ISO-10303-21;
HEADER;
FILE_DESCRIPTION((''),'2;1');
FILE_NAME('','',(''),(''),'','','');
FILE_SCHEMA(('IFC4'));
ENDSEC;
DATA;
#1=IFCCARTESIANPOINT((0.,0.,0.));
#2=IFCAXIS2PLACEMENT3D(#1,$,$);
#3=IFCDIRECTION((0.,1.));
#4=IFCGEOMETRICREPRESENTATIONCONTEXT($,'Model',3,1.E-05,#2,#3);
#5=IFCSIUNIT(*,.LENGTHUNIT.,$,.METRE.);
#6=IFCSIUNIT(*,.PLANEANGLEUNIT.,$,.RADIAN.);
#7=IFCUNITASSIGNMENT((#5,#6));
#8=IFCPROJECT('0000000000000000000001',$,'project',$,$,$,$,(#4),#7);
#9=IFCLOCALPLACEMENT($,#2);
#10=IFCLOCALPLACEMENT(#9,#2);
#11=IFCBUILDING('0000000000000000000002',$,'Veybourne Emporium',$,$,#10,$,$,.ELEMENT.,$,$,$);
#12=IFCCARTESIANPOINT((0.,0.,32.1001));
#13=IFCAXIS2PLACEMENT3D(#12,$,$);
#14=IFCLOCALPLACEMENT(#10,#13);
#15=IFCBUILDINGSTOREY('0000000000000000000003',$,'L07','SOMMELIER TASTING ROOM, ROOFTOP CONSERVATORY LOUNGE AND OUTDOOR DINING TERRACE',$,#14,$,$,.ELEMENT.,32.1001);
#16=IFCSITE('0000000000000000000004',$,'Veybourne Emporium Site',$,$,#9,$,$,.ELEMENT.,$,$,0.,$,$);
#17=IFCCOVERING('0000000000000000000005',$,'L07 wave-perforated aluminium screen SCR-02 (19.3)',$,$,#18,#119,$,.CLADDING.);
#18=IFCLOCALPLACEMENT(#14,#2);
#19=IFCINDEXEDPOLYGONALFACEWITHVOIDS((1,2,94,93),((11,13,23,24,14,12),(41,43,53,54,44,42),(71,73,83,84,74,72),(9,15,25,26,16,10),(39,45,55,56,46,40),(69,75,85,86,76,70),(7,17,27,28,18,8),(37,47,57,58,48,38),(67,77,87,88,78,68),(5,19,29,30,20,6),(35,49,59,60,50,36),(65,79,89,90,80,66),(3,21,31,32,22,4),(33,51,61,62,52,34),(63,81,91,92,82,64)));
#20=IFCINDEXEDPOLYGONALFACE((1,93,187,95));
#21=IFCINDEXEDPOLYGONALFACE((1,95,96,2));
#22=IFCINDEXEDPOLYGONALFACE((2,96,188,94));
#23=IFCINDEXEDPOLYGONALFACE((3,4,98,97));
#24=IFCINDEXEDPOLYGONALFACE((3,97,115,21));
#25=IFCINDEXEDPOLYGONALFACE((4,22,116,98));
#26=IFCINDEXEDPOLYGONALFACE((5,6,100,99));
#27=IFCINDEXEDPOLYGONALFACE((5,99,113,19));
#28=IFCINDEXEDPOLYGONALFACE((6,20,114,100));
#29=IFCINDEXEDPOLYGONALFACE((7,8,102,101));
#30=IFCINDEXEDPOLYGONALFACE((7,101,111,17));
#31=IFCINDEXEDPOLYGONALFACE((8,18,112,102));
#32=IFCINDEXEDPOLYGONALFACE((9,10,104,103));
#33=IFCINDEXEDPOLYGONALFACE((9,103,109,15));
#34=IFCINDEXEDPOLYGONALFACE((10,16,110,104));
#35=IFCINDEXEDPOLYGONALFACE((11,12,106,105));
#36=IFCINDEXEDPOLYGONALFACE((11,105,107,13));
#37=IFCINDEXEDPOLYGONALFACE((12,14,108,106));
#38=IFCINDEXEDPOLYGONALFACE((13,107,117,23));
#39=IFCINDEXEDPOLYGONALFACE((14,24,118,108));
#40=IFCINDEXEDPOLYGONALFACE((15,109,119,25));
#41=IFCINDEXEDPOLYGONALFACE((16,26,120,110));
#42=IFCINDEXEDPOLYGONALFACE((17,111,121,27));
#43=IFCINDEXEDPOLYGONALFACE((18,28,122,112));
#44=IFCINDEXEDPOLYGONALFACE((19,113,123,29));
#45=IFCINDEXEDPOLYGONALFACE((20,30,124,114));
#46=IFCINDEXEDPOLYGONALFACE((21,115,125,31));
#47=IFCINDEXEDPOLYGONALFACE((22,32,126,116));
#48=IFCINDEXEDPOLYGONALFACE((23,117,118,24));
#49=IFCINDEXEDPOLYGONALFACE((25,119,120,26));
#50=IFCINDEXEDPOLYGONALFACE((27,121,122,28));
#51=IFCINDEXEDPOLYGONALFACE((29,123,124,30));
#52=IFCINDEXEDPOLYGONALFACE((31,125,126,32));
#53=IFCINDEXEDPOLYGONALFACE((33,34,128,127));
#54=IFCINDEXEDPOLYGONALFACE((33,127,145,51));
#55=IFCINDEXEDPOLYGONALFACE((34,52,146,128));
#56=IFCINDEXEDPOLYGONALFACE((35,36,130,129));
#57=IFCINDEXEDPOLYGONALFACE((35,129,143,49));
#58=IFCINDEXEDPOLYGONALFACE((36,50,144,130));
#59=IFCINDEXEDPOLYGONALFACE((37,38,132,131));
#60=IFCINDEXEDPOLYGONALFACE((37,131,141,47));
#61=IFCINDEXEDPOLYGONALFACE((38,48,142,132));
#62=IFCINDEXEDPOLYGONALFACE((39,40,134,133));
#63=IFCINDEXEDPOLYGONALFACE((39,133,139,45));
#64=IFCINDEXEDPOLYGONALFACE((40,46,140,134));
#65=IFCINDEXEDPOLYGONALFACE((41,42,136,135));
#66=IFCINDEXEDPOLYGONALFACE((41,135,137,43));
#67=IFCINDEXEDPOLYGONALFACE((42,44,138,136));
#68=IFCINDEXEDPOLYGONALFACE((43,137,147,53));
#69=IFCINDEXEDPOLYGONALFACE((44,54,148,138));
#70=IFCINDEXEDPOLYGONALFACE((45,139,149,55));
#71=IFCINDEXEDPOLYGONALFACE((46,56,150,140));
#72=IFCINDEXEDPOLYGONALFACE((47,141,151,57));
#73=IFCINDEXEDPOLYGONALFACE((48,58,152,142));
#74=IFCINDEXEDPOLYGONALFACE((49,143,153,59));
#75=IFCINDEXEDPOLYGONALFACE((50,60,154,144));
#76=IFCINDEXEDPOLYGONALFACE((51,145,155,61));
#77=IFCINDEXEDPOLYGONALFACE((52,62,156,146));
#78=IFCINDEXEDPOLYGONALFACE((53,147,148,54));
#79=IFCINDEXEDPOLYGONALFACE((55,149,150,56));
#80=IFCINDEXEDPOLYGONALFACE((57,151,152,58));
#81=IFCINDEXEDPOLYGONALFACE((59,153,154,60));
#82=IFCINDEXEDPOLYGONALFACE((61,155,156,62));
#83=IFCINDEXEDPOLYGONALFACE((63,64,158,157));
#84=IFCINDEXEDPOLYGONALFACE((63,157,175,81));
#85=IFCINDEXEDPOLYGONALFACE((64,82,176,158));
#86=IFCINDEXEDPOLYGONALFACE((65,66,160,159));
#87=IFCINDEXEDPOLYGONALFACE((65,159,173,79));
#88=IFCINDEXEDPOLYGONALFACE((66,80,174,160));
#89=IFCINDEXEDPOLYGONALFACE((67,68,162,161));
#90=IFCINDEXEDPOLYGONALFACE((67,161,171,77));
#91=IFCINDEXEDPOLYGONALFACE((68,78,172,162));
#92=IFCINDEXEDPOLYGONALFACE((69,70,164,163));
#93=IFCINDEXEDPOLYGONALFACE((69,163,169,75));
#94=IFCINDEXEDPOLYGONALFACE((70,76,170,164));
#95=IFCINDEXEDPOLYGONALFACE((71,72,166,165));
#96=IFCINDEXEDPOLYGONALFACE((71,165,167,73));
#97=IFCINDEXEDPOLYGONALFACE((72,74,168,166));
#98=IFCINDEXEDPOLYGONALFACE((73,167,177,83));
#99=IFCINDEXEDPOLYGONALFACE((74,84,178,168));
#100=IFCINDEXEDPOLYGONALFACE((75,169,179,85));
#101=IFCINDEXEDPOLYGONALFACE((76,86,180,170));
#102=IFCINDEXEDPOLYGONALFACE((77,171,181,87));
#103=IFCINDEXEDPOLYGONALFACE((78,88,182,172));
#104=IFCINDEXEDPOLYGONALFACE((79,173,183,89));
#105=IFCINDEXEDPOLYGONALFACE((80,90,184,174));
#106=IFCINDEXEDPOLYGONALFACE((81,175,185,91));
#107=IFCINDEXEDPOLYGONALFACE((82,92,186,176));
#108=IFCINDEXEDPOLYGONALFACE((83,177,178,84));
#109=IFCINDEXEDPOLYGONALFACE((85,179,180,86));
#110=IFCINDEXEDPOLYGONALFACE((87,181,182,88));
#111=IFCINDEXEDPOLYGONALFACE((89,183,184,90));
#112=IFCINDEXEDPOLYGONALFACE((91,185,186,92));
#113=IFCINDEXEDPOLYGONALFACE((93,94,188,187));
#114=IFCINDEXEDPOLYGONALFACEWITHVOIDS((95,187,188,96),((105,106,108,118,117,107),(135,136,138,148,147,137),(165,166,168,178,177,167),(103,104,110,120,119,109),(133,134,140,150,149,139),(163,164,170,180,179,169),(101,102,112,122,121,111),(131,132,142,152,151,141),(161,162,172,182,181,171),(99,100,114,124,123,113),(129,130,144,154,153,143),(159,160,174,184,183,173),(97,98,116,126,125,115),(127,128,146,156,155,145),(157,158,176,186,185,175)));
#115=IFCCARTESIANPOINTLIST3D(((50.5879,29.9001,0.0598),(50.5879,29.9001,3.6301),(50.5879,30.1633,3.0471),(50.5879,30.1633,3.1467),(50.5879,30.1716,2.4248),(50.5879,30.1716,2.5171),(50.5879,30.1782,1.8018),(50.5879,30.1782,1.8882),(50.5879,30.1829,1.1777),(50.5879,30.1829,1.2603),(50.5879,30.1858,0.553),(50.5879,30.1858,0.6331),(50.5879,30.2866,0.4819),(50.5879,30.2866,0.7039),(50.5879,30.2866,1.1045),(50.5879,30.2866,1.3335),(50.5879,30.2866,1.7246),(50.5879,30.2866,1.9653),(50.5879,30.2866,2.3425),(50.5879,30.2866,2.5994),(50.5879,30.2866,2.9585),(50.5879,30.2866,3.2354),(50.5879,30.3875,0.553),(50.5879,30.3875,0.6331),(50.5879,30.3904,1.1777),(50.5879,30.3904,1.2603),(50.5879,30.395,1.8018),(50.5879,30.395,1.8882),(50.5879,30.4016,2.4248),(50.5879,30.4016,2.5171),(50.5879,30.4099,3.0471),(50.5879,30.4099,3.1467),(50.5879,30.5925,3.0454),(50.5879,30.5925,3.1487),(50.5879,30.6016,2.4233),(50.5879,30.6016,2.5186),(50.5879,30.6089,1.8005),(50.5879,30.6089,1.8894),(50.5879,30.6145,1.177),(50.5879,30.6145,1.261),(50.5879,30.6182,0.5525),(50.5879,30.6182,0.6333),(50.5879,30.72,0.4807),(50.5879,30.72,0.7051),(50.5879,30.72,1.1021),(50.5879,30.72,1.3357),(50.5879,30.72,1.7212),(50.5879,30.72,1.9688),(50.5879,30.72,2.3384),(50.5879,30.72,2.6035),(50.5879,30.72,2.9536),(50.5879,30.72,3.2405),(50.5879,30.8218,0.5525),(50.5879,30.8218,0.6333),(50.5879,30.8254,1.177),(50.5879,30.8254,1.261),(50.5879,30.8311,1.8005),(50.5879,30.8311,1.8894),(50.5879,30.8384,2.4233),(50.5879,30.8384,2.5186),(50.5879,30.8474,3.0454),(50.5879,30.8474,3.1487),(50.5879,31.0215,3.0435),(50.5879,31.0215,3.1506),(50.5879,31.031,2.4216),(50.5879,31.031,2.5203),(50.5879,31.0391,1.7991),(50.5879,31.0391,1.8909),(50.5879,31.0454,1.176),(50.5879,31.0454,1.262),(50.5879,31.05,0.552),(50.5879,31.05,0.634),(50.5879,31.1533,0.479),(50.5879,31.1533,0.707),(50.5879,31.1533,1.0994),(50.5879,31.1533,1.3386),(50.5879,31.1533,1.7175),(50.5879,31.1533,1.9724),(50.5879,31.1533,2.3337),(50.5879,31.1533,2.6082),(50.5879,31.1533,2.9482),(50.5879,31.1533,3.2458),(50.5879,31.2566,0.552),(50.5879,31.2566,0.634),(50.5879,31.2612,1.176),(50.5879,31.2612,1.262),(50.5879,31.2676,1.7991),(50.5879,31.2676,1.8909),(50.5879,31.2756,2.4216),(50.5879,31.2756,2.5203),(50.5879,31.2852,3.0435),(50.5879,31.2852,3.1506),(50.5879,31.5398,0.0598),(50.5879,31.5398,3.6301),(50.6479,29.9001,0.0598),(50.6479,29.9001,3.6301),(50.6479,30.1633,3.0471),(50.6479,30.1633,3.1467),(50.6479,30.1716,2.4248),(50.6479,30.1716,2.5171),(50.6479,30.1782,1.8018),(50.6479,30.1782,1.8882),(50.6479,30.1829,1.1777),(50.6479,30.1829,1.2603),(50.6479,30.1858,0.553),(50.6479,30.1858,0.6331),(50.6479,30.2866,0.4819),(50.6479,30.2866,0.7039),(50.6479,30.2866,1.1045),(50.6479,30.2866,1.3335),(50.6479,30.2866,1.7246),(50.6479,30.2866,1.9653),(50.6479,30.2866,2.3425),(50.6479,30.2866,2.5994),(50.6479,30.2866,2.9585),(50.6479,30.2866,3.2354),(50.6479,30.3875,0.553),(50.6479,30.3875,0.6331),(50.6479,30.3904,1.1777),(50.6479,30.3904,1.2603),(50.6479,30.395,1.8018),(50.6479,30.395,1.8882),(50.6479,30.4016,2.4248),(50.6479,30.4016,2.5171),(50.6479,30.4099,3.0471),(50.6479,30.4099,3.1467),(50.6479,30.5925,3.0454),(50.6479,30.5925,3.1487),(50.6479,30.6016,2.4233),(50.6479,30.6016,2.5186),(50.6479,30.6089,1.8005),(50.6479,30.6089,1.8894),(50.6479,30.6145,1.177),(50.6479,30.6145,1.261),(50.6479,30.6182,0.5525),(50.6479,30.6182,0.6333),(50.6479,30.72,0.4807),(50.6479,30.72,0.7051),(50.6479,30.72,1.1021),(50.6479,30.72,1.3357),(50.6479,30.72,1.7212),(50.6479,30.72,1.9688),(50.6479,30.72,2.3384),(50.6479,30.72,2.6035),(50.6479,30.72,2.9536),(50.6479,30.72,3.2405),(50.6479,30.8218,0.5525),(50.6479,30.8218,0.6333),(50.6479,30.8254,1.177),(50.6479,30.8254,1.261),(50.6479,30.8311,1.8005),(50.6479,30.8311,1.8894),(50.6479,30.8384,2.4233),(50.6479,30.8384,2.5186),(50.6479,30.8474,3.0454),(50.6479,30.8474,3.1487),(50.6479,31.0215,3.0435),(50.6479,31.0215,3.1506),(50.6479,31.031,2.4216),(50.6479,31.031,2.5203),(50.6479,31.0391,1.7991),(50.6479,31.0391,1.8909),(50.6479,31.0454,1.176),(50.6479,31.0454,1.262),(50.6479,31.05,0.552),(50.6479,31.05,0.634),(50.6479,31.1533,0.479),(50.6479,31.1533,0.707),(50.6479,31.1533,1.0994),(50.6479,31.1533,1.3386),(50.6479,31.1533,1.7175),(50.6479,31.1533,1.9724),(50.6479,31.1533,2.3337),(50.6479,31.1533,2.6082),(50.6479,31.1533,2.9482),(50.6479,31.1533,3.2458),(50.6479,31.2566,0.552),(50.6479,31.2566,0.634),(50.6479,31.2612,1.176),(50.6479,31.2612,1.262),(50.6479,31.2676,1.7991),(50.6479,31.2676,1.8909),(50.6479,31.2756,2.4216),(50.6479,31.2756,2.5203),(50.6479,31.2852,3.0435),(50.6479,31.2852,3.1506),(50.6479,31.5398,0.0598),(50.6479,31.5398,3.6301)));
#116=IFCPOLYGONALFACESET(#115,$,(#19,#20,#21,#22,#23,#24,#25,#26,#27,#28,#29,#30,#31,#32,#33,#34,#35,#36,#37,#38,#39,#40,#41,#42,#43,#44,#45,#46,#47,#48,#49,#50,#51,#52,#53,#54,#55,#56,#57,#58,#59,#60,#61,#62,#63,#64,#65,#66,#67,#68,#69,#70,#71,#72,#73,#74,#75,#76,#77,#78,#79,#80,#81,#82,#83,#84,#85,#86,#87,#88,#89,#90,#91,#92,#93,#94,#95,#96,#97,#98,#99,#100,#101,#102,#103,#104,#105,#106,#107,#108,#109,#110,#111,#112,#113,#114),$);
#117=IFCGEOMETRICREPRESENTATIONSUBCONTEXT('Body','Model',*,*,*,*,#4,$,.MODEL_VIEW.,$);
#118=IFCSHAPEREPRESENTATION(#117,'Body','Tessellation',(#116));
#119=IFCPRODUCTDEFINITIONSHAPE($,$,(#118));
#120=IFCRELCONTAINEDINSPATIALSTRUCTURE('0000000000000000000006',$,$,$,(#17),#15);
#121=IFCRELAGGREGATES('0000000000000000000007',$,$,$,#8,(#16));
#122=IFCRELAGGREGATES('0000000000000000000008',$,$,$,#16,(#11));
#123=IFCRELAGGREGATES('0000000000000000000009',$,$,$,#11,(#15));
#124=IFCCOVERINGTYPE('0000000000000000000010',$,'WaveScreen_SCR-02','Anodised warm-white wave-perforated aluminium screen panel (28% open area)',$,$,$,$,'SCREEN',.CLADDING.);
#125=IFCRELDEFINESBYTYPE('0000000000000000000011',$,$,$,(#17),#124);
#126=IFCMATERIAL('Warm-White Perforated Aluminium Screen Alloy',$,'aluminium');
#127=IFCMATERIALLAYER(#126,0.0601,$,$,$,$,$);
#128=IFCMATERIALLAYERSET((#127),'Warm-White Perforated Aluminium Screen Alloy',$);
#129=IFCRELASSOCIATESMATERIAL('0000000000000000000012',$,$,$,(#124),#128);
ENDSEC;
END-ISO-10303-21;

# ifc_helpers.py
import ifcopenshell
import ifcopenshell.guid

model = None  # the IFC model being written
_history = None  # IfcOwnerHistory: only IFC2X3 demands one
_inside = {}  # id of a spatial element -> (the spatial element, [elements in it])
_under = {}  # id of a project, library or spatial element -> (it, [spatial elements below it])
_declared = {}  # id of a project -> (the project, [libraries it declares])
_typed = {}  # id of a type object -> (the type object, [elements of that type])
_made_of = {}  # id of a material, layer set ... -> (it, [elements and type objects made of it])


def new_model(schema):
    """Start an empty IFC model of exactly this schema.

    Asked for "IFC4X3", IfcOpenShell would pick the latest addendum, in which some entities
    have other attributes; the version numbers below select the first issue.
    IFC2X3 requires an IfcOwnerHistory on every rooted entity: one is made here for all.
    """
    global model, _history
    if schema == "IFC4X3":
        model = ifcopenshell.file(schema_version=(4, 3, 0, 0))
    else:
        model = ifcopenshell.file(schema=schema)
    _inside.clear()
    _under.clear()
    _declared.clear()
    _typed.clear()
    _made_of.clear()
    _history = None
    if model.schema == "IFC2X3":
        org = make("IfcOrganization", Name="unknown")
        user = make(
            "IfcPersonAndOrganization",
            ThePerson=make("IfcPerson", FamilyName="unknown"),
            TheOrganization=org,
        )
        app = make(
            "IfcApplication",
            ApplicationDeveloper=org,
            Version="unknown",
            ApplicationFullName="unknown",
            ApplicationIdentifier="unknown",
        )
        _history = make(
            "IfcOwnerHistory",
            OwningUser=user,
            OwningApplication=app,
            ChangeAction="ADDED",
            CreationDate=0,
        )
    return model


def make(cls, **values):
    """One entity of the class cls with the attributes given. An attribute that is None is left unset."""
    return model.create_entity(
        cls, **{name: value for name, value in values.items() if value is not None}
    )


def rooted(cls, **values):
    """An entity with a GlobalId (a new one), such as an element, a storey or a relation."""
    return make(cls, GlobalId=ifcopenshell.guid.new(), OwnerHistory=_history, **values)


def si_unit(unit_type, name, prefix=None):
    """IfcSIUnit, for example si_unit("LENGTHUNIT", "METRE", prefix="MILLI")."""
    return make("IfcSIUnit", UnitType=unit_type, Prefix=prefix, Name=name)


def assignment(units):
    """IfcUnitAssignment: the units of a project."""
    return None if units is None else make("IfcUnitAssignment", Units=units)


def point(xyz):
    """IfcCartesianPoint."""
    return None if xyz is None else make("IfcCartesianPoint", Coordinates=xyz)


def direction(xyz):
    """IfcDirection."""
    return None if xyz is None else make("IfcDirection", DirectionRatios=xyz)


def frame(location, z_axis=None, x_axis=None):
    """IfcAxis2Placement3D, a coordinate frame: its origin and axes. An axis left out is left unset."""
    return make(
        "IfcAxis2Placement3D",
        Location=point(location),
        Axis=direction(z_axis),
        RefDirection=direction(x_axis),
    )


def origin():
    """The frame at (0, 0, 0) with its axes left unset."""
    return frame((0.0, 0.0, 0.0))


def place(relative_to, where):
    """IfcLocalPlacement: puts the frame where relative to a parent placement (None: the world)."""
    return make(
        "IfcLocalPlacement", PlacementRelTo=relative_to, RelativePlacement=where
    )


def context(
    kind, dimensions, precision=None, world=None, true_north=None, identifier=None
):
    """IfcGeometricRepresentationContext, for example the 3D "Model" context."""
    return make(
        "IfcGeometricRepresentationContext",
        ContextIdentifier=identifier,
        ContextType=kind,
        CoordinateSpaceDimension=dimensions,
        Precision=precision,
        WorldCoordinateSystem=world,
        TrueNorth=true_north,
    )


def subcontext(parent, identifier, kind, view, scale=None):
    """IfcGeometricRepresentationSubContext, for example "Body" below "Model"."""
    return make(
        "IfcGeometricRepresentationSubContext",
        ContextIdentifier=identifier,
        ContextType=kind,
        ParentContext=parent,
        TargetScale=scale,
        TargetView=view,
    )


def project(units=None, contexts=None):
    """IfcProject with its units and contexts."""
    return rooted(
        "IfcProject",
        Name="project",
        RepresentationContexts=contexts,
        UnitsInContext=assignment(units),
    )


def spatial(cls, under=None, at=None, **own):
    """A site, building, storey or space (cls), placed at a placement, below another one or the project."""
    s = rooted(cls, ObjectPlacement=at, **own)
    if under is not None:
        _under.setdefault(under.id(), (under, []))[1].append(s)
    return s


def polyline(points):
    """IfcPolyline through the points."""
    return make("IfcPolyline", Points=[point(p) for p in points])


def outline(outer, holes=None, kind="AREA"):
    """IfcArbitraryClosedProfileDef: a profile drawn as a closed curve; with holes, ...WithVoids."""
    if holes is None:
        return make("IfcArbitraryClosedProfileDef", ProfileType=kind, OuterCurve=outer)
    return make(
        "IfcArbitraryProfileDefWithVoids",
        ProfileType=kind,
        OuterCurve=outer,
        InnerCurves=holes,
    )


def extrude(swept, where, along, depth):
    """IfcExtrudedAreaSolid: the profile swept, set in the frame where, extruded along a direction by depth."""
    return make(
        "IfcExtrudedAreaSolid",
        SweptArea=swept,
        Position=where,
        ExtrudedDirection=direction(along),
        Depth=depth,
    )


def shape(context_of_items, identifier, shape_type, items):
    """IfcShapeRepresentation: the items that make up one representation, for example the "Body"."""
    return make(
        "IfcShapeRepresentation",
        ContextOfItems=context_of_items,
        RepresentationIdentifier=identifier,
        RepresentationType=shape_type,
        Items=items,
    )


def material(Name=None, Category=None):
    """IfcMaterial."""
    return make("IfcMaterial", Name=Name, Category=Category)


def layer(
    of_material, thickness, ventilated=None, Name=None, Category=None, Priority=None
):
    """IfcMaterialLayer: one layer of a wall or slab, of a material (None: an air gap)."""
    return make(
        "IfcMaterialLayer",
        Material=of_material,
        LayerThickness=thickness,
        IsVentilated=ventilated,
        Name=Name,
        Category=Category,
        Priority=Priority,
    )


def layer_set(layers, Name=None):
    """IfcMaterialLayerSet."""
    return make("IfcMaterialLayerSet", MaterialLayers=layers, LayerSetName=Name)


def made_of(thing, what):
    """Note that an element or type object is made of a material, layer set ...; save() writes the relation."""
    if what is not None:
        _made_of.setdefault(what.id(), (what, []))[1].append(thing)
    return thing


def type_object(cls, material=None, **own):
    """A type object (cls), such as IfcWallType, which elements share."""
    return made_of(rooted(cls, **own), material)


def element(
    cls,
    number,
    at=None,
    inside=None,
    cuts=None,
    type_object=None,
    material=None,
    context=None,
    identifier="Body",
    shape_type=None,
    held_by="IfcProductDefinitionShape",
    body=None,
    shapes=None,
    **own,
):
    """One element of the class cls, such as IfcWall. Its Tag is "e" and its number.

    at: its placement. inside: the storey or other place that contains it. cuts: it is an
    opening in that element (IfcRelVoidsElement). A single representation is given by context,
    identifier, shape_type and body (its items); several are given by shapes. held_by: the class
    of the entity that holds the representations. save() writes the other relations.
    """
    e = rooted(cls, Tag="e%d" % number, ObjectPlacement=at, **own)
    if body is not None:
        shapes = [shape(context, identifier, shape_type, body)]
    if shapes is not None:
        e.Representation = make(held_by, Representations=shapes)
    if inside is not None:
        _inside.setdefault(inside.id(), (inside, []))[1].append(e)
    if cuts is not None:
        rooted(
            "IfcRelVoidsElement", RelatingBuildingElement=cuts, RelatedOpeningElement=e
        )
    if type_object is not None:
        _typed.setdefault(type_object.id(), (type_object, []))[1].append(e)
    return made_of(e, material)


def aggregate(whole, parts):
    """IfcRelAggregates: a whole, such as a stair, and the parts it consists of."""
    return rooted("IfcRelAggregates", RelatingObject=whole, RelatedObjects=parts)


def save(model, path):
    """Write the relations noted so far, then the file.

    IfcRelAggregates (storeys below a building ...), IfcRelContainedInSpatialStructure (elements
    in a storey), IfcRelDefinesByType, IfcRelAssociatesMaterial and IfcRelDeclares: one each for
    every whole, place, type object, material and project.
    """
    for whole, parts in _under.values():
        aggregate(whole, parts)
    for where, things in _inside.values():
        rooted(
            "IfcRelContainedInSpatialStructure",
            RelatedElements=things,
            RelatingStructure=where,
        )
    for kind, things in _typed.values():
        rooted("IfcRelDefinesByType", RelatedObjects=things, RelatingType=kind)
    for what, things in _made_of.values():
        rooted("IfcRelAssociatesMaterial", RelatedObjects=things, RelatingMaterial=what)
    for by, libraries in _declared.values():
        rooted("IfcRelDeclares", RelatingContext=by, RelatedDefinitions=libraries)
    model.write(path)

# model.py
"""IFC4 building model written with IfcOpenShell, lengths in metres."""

from ifc_helpers import new_model, si_unit, direction, frame, origin, place, context, subcontext, project, spatial, polyline, outline, extrude, material, layer, layer_set, type_object, element, save


model = new_model("IFC4")

# Units and contexts
model_context = context("Model", 3, precision=1e-05, world=origin(), true_north=direction((0.0, 1.0)))
body_context = subcontext(model_context, "Body", "Model", "MODEL_VIEW")
ifc_project = project(units=[si_unit("LENGTHUNIT", "METRE"), si_unit("PLANEANGLEUNIT", "RADIAN")], contexts=[model_context])

# Site, building, storey
site_placement = place(None, origin())
site = spatial("IfcSite", under=ifc_project, at=site_placement, Name="Veybourne Emporium Site", CompositionType="ELEMENT", RefElevation=0.0)
building_placement = place(site_placement, origin())
building = spatial("IfcBuilding", under=site, at=building_placement, Name="Veybourne Emporium", CompositionType="ELEMENT")
storey_placement = place(building_placement, frame((0.0, 0.0, 32.1001)))
storey = spatial("IfcBuildingStorey", under=building, at=storey_placement, Name="L07", Description="SOMMELIER TASTING ROOM, ROOFTOP CONSERVATORY LOUNGE AND OUTDOOR DINING TERRACE", CompositionType="ELEMENT", Elevation=32.1001)

# Covering
ifc_material_1 = material(Name="Warm-White Perforated Aluminium Screen Alloy", Category="aluminium")
ifc_layer_1 = layer(ifc_material_1, 0.0601)
ifc_layer_set_1 = layer_set([ifc_layer_1], Name="Warm-White Perforated Aluminium Screen Alloy")
covering_type_1 = type_object("IfcCoveringType", Name="WaveScreen_SCR-02", Description="Anodised warm-white wave-perforated aluminium screen panel (28% open area)", ElementType="SCREEN", PredefinedType="CLADDING", material=ifc_layer_set_1)
covering_1_placement = place(storey_placement, frame((50.6479, 30.72, 1.845), z_axis=(-1.0, 0.0, 0.0), x_axis=(0.0, -1.0, 0.0)))
element("IfcCovering", 1, at=covering_1_placement, inside=storey, type_object=covering_type_1, Name="L07 wave-perforated aluminium screen SCR-02 (19.3)", PredefinedType="CLADDING", context=body_context, shape_type="SweptSolid", body=[
    extrude(outline(polyline([(-0.8198, -1.7852), (0.8198, -1.7852), (0.8198, 1.7852), (-0.8198, 1.7852), (-0.8198, -1.7852)]), holes=[polyline([(-0.4333, -1.1379), (-0.3301, -1.2109), (-0.3301, -1.293), (-0.4333, -1.366), (-0.5366, -1.293), (-0.5366, -1.2109), (-0.4333, -1.1379)]), polyline([(-0.4333, -0.5063), (-0.3254, -0.583), (-0.3254, -0.6689), (-0.4333, -0.7456), (-0.5413, -0.6689), (-0.5413, -0.583), (-0.4333, -0.5063)]), polyline([(-0.4333, 0.1274), (-0.3191, 0.0459), (-0.3191, -0.0459), (-0.4333, -0.1274), (-0.5476, -0.0459), (-0.5476, 0.0459), (-0.4333, 0.1274)]), polyline([(-0.4333, 0.7632), (-0.311, 0.6753), (-0.311, 0.5767), (-0.4333, 0.4888), (-0.5557, 0.5767), (-0.5557, 0.6753), (-0.4333, 0.7632)]), polyline([(-0.4333, 1.4009), (-0.3015, 1.3057), (-0.3015, 1.1985), (-0.4333, 1.1033), (-0.5652, 1.1985), (-0.5652, 1.3057), (-0.4333, 1.4009)]), polyline([(0.0, -1.1399), (0.1018, -1.2117), (0.1018, -1.2925), (0.0, -1.3643), (-0.1018, -1.2925), (-0.1018, -1.2117), (0.0, -1.1399)]), polyline([(0.0, -0.5093), (0.1055, -0.584), (0.1055, -0.668), (0.0, -0.7429), (-0.1055, -0.668), (-0.1055, -0.584), (0.0, -0.5093)]), polyline([(0.0, 0.1238), (0.1111, 0.0444), (0.1111, -0.0444), (0.0, -0.1238), (-0.1111, -0.0444), (-0.1111, 0.0444), (0.0, 0.1238)]), polyline([(0.0, 0.7585), (0.1184, 0.6736), (0.1184, 0.5784), (0.0, 0.4934), (-0.1184, 0.5784), (-0.1184, 0.6736), (0.0, 0.7585)]), polyline([(0.0, 1.3955), (0.1274, 1.3037), (0.1274, 1.2004), (0.0, 1.1086), (-0.1274, 1.2004), (-0.1274, 1.3037), (0.0, 1.3955)]), polyline([(0.4333, -1.1411), (0.5342, -1.2119), (0.5342, -1.292), (0.4333, -1.363), (0.3325, -1.292), (0.3325, -1.2119), (0.4333, -1.1411)]), polyline([(0.4333, -0.5115), (0.5371, -0.5847), (0.5371, -0.6672), (0.4333, -0.7405), (0.3296, -0.6672), (0.3296, -0.5847), (0.4333, -0.5115)]), polyline([(0.4333, 0.1204), (0.5417, 0.0432), (0.5417, -0.0432), (0.4333, -0.1204), (0.325, -0.0432), (0.325, 0.0432), (0.4333, 0.1204)]), polyline([(0.4333, 0.7544), (0.5483, 0.6721), (0.5483, 0.5798), (0.4333, 0.4976), (0.3184, 0.5798), (0.3184, 0.6721), (0.4333, 0.7544)]), polyline([(0.4333, 1.3904), (0.5566, 1.3018), (0.5566, 1.2021), (0.4333, 1.1135), (0.3101, 1.2021), (0.3101, 1.3018), (0.4333, 1.3904)])]), origin(), (0.0, 0.0, 1.0), 0.0601),
])

save(model, "model.ifc")
